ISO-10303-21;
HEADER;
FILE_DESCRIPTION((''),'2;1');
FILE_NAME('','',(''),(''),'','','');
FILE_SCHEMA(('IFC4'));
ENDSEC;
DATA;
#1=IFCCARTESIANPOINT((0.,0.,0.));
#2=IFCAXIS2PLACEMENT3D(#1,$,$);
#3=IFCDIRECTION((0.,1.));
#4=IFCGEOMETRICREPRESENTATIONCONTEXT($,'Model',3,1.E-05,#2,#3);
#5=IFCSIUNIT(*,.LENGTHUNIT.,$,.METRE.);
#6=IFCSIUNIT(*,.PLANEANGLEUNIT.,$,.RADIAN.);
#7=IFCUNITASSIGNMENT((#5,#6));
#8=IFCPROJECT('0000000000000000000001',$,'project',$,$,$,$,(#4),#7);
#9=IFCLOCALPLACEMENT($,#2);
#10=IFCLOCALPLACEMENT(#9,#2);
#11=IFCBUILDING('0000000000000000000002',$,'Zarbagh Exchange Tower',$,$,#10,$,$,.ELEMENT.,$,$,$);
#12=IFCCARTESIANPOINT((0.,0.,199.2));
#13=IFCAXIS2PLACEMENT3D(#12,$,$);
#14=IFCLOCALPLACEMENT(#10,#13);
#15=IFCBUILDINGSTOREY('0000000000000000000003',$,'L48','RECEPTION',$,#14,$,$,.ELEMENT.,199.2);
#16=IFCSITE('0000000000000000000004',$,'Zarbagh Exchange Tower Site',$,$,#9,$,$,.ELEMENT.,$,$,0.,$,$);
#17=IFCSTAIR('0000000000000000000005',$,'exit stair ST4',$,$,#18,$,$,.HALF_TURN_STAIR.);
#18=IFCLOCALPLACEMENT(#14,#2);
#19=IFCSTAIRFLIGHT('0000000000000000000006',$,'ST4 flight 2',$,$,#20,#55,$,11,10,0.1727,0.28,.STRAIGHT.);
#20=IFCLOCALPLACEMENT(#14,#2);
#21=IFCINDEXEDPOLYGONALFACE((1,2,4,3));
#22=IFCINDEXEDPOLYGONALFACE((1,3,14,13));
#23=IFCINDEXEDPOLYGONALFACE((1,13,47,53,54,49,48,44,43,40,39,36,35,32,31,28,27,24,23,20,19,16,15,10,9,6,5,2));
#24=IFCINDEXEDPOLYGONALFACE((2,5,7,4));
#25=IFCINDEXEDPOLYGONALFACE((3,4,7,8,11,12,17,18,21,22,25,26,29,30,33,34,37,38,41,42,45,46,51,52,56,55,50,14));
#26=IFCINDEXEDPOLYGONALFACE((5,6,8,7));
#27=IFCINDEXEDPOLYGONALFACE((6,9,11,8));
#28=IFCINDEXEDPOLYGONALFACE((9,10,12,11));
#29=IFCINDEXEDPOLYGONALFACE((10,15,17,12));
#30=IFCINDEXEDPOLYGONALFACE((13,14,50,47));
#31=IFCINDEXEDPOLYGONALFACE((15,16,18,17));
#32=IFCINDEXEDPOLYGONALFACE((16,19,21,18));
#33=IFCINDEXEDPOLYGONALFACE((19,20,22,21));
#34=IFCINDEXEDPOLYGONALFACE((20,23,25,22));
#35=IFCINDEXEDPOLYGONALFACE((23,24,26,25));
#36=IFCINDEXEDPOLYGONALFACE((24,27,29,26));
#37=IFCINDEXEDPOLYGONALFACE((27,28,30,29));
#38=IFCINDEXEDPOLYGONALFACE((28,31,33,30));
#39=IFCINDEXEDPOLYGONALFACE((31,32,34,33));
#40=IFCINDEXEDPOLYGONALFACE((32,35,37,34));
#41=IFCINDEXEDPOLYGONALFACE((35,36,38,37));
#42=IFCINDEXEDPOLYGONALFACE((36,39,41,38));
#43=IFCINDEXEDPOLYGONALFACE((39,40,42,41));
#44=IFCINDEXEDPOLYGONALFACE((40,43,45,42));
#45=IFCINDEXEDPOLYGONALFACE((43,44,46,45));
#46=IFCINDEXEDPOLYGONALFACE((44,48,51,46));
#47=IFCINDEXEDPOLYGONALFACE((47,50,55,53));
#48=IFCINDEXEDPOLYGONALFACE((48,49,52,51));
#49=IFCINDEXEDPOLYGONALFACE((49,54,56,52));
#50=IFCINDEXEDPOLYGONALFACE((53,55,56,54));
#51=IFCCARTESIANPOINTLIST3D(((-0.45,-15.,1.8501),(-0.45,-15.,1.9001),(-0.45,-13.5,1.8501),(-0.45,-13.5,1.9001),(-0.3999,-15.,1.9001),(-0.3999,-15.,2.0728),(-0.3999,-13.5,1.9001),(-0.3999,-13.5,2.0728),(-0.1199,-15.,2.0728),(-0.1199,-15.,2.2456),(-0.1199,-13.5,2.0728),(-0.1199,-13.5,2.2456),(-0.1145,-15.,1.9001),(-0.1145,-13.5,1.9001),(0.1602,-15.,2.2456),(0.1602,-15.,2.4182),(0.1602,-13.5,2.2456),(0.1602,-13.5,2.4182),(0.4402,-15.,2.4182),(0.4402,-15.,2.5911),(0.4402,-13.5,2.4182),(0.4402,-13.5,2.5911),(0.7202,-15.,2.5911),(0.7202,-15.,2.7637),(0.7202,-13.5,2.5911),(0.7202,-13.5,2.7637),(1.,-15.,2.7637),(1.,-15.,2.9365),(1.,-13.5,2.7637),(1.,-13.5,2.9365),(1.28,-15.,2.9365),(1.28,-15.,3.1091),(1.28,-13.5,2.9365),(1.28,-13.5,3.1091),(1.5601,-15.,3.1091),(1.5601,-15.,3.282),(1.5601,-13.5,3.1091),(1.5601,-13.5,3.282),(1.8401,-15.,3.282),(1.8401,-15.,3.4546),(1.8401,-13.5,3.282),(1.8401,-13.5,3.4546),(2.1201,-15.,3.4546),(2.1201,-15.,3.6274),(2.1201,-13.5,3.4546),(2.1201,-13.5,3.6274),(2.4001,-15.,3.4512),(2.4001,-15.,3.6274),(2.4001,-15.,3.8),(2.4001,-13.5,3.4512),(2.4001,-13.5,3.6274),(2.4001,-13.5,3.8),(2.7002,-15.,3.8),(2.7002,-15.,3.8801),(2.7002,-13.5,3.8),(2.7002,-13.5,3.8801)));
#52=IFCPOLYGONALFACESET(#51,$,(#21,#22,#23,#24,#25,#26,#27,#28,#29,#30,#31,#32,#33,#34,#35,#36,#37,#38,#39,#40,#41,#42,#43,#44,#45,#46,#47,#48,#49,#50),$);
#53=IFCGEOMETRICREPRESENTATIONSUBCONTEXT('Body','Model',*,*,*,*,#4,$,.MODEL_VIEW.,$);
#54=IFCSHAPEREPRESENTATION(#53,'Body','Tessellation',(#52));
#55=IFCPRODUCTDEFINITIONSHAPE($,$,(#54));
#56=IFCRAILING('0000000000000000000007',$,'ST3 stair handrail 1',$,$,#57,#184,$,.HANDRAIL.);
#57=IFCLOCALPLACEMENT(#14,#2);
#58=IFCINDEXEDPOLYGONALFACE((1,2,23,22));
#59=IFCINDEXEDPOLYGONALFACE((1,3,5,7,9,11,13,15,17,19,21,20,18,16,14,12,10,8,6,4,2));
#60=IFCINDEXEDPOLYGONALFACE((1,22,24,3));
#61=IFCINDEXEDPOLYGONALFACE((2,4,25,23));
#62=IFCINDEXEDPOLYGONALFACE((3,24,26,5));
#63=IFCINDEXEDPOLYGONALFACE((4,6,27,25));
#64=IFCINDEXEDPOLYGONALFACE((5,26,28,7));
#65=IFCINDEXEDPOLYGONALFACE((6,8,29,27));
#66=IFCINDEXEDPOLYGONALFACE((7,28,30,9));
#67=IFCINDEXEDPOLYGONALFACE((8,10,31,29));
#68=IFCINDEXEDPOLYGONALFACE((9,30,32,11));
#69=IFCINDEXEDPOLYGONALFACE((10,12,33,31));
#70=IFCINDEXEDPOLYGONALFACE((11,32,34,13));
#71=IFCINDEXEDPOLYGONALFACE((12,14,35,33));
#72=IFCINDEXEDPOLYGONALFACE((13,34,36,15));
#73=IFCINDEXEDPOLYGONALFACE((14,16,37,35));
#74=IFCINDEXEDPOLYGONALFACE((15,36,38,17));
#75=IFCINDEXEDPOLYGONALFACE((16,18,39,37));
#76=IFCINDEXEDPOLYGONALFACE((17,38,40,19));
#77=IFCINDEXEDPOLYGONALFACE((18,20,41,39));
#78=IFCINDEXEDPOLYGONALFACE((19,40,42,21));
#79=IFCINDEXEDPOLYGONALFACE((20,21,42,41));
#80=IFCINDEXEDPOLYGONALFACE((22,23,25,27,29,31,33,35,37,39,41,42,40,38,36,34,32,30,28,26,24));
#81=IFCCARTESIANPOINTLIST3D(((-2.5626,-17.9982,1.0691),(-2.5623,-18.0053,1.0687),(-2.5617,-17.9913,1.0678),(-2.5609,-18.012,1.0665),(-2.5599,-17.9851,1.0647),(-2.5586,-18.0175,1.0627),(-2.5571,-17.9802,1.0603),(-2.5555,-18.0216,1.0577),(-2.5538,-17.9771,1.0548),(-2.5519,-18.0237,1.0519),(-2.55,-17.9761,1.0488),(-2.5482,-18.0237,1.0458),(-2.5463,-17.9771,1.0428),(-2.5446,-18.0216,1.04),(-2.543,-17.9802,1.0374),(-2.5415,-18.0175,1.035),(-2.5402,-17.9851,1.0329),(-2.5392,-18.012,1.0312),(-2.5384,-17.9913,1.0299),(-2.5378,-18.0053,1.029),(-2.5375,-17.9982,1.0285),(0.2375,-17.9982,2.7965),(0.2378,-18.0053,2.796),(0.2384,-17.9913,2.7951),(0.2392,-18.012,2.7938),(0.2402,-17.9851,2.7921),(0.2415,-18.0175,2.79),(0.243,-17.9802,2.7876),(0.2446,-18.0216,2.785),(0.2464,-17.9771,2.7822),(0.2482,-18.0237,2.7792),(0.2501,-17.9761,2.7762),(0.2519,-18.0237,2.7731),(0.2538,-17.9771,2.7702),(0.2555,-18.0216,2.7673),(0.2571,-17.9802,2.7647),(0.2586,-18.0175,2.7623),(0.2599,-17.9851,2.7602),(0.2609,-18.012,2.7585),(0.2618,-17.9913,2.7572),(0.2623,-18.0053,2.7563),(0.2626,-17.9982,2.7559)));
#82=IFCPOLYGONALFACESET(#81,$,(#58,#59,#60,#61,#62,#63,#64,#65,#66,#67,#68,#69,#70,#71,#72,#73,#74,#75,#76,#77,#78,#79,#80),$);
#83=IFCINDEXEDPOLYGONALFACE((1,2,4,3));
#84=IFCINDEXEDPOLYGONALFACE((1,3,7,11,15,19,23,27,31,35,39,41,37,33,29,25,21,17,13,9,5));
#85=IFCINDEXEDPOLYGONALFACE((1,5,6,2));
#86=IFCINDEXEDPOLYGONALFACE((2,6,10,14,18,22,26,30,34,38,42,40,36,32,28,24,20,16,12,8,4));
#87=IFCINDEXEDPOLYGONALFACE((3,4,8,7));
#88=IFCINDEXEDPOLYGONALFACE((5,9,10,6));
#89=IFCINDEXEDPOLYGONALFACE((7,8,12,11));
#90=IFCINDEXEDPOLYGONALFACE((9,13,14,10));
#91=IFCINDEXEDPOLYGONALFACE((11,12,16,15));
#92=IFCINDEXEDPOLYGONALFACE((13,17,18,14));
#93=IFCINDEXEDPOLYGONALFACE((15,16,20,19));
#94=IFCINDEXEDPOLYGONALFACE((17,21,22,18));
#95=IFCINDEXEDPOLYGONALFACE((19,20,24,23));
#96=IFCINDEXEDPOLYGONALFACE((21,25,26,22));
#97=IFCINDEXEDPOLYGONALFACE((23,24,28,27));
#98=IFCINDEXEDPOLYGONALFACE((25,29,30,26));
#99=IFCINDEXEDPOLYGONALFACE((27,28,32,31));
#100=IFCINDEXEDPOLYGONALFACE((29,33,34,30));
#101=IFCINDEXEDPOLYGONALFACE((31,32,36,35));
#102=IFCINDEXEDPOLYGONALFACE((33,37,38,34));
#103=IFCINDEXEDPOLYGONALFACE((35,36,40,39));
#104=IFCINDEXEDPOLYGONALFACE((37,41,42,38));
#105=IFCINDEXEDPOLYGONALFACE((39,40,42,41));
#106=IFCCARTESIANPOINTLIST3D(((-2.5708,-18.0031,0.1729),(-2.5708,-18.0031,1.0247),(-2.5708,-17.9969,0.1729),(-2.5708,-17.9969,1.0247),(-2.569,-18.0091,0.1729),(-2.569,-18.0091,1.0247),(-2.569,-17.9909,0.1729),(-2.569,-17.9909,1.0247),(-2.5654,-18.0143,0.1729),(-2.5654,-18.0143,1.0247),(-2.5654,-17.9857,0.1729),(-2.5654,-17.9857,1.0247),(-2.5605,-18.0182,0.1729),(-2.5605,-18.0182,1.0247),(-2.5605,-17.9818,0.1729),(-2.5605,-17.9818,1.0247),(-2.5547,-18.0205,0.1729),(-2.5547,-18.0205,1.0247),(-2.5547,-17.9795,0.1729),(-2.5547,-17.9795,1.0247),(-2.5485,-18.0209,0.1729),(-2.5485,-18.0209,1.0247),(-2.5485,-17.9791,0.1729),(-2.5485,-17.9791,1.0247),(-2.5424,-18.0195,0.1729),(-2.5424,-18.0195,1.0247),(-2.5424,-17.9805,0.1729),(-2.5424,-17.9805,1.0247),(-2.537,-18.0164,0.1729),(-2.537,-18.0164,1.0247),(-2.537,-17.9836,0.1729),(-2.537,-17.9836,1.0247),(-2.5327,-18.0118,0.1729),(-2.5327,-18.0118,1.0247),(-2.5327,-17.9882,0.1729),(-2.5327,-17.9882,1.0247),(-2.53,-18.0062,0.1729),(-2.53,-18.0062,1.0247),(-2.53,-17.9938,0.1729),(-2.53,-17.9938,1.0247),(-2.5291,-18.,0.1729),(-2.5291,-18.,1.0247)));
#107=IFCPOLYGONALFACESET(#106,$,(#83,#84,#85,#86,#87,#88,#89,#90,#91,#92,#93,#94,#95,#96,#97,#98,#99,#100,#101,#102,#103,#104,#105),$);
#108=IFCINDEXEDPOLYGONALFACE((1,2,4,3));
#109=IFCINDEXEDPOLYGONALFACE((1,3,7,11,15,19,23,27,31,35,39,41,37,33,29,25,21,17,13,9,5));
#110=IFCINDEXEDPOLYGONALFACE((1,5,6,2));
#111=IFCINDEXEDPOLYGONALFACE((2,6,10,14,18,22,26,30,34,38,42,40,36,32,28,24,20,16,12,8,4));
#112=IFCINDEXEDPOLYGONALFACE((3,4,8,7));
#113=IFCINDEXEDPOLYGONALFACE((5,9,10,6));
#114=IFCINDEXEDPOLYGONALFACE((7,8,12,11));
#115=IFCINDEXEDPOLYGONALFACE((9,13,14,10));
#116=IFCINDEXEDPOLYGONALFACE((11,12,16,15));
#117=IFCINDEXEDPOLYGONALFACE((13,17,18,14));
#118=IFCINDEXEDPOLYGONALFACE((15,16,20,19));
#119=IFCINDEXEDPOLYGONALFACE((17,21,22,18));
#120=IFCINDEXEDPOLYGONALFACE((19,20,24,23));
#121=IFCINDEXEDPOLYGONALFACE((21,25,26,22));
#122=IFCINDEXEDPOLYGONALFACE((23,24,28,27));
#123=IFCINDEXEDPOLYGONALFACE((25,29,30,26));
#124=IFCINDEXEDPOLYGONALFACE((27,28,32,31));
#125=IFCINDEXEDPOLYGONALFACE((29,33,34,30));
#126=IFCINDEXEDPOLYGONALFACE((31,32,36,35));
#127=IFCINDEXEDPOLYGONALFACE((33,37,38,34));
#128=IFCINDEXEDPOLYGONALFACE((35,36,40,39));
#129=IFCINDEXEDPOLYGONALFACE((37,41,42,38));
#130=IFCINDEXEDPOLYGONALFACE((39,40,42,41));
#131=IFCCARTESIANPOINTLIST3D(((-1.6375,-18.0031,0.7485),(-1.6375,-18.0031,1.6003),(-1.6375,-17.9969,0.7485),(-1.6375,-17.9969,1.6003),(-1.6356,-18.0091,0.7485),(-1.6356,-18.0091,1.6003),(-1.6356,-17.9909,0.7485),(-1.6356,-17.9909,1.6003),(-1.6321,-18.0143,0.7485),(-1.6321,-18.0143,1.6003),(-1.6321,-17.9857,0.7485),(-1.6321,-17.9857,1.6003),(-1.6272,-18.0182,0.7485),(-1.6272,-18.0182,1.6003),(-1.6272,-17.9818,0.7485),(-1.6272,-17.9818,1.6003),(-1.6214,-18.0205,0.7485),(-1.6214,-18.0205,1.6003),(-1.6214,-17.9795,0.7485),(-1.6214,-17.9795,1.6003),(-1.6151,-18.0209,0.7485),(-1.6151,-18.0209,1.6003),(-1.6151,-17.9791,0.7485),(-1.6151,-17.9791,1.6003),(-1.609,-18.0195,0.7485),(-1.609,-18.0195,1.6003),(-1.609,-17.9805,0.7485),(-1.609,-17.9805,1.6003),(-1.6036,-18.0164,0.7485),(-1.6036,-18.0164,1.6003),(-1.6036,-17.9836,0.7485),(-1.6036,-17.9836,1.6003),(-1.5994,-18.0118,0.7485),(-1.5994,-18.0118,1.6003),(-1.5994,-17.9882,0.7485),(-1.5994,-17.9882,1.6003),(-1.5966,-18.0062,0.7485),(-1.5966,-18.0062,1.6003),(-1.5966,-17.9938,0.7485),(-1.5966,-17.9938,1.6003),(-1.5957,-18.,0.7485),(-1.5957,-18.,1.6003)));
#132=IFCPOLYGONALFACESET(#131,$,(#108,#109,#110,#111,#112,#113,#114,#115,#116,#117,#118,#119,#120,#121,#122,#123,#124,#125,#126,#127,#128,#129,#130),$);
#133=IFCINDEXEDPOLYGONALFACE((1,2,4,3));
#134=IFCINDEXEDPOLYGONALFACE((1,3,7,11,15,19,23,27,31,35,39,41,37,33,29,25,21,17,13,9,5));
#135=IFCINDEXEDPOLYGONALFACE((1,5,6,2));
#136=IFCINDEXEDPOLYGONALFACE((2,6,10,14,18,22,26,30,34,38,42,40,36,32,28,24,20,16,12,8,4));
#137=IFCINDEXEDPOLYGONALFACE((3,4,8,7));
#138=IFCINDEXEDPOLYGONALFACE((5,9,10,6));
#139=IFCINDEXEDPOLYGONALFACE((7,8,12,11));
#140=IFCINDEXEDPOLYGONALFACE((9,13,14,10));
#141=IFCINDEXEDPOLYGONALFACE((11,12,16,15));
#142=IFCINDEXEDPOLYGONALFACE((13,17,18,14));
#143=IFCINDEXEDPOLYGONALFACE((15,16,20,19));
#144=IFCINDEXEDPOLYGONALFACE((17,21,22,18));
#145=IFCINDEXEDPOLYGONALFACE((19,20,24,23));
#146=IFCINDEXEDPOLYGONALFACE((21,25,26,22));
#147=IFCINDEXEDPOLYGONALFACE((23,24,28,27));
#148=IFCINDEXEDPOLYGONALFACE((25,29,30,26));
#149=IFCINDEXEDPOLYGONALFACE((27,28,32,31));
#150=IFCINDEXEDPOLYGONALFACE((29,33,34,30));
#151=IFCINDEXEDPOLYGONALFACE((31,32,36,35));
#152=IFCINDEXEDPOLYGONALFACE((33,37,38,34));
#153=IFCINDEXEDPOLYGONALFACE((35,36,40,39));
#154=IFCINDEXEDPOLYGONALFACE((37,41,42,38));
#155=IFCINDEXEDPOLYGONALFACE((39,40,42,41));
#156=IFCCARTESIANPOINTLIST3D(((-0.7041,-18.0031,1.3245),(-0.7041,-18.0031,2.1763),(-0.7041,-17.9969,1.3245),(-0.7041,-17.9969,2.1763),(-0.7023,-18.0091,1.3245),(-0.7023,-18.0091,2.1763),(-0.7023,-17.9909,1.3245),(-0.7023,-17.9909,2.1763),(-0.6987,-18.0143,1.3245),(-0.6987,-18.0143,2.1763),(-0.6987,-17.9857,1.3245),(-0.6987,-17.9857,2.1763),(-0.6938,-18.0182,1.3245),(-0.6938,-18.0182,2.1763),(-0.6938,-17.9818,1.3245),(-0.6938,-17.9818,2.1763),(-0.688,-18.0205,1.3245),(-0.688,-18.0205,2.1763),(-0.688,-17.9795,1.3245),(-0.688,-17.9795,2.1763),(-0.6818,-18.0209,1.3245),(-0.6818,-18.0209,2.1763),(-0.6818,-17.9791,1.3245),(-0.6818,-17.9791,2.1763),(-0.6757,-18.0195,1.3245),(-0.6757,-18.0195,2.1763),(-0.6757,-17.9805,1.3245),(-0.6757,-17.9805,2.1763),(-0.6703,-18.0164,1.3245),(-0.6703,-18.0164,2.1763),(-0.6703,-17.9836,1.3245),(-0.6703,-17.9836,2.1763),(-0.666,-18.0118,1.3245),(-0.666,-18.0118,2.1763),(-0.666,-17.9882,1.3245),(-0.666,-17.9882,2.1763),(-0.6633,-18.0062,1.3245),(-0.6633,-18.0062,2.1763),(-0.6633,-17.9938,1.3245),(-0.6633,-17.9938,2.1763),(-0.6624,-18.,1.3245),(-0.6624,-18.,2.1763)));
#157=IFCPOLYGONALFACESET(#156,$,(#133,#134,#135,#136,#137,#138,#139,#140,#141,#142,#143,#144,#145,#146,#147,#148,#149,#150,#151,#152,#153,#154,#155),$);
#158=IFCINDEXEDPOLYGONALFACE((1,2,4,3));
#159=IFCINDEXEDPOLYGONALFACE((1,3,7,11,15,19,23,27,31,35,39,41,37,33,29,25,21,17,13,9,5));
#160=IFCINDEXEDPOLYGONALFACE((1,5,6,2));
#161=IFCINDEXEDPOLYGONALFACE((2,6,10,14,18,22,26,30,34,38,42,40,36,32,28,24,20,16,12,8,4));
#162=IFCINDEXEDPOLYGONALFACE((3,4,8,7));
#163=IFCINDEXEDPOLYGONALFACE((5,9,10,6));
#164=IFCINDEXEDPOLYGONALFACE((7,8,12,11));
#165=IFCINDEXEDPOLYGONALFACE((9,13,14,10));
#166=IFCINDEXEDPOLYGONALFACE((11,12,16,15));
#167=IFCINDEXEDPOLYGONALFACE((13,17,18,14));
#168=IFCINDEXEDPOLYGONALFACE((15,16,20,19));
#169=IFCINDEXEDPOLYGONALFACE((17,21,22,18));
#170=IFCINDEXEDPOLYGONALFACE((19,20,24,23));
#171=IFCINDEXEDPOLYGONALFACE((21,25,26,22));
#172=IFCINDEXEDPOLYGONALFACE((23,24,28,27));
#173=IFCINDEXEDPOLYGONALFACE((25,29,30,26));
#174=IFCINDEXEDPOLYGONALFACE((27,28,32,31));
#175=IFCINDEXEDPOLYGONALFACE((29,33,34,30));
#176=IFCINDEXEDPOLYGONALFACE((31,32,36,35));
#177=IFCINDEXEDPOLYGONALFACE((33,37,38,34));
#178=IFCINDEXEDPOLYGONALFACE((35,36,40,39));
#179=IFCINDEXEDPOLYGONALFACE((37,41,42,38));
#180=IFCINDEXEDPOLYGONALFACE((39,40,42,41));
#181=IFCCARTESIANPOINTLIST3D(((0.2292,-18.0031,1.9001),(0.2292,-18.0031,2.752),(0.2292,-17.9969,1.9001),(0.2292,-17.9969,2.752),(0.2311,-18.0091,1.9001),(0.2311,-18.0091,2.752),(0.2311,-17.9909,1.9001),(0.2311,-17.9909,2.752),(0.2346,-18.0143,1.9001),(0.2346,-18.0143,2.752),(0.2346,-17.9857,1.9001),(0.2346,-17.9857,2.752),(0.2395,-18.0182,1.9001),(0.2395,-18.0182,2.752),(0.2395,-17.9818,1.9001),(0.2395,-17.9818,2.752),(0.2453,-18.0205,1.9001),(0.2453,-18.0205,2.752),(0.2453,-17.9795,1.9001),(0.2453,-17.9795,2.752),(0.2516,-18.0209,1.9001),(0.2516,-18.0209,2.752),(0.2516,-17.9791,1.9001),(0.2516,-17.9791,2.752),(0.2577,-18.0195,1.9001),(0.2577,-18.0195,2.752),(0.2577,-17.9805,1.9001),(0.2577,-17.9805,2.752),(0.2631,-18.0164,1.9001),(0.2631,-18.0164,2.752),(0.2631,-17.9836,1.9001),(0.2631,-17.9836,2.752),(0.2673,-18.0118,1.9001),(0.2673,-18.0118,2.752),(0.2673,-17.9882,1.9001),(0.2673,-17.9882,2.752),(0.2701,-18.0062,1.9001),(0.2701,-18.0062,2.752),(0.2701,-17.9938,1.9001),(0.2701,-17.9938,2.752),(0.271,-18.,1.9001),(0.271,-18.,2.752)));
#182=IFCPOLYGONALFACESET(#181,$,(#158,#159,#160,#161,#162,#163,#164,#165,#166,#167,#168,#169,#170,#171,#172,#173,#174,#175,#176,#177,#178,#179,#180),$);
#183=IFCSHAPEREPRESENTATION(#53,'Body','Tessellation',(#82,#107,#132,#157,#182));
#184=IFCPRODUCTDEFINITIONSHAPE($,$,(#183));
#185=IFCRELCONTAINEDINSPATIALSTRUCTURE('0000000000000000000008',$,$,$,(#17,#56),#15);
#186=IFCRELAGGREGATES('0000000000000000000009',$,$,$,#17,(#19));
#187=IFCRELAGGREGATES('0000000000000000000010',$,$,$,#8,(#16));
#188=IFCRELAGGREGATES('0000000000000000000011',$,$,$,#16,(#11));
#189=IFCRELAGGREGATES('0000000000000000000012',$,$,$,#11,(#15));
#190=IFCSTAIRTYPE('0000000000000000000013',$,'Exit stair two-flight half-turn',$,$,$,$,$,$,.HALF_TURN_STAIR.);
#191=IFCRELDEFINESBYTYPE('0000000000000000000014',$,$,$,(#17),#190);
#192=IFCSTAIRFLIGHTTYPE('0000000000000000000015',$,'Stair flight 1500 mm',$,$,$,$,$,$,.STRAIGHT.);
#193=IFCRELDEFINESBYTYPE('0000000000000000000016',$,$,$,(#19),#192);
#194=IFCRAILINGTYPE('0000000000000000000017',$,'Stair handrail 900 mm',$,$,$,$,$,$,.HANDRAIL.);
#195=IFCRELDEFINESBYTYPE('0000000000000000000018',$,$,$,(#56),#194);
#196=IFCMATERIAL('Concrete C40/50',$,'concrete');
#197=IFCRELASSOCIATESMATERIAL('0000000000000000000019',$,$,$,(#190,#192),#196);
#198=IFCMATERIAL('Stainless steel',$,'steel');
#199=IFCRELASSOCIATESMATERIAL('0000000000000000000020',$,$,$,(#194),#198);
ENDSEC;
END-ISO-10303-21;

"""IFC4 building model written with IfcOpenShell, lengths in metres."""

from ifc_helpers import new_model, si_unit, direction, frame, origin, origin_2d, place, context, subcontext, project, spatial, polyline, circle, outline, extrude, material, type_object, element, aggregate, save


model = new_model("IFC4")

# Units and contexts
model_context = context("Model", 3, precision=1e-05, world=origin(), true_north=direction((0.0, 1.0)))
body_context = subcontext(model_context, "Body", "Model", "MODEL_VIEW")
ifc_project = project(units=[si_unit("LENGTHUNIT", "METRE"), si_unit("PLANEANGLEUNIT", "RADIAN")], contexts=[model_context])

# Site, building, storey
site_placement = place(None, origin())
site = spatial("IfcSite", under=ifc_project, at=site_placement, Name="Zarbagh Exchange Tower Site", CompositionType="ELEMENT", RefElevation=0.0)
building_placement = place(site_placement, origin())
building = spatial("IfcBuilding", under=site, at=building_placement, Name="Zarbagh Exchange Tower", CompositionType="ELEMENT")
storey_placement = place(building_placement, frame((0.0, 0.0, 199.2)))
storey = spatial("IfcBuildingStorey", under=building, at=storey_placement, Name="L48", Description="RECEPTION", CompositionType="ELEMENT", Elevation=199.2)

# Shared definitions
ifc_material_1 = material(Name="Concrete C40/50", Category="concrete")

# Shared definitions
ifc_material_2 = material(Name="Stainless steel", Category="steel")

# Stair, stair flight
stair_type = type_object("IfcStairType", Name="Exit stair two-flight half-turn", PredefinedType="HALF_TURN_STAIR", material=ifc_material_1)
stair_1_placement = place(storey_placement, origin())
stair_1 = element("IfcStair", 1, at=stair_1_placement, inside=storey, type_object=stair_type, Name="exit stair ST4", PredefinedType="HALF_TURN_STAIR")
stair_flight_type_1 = type_object("IfcStairFlightType", Name="Stair flight 1500 mm", PredefinedType="STRAIGHT", material=ifc_material_1)
stair_flight_1_placement = place(storey_placement, frame((-0.3999, -14.25, 1.9001), z_axis=(0.0, 0.0, 1.0), x_axis=(1.0, 0.0, 0.0)))
stair_flight_1 = element("IfcStairFlight", 2, at=stair_flight_1_placement, type_object=stair_flight_type_1, Name="ST4 flight 2", NumberOfRisers=11, NumberOfTreads=10, PredefinedType="STRAIGHT", RiserHeight=0.1727, TreadLength=0.28, context=body_context, shape_type="SweptSolid", body=[
    extrude(outline(polyline([(-0.05, -0.05), (-0.05, 0.0), (0.0, 0.0), (0.0, 0.1726), (0.28, 0.1726), (0.28, 0.3455), (0.5601, 0.3455), (0.5601, 0.5181), (0.8401, 0.5181), (0.8401, 0.6909), (1.1201, 0.6909), (1.1201, 0.8635), (1.3999, 0.8635), (1.3999, 1.0364), (1.6799, 1.0364), (1.6799, 1.209), (1.96, 1.209), (1.96, 1.3818), (2.24, 1.3818), (2.24, 1.5544), (2.52, 1.5544), (2.52, 1.7273), (2.8, 1.7273), (2.8, 1.8999), (3.1001, 1.98), (3.1001, 1.8999), (2.8, 1.551), (0.2854, 0.0), (-0.05, -0.05)])), frame((0.0, 0.75, 0.0), z_axis=(0.0, -1.0, 0.0), x_axis=(1.0, 0.0, 0.0)), (0.0, 0.0, 1.0), 1.5),
])
aggregate(stair_1, [stair_flight_1])

# Railing
railing_type_1 = type_object("IfcRailingType", Name="Stair handrail 900 mm", PredefinedType="HANDRAIL", material=ifc_material_2)
railing_1_placement = place(storey_placement, frame((-2.55, -18.0, 0.1729)))
element("IfcRailing", 3, at=railing_1_placement, inside=storey, type_object=railing_type_1, Name="ST3 stair handrail 1", PredefinedType="HANDRAIL", context=body_context, shape_type="SweptSolid", body=[
    extrude(circle(Radius=0.0239, at=origin_2d()), frame((0.0, 0.0, 0.876), z_axis=(0.85109, 0.0, 0.52502), x_axis=(0.0, 1.0, 0.0)), (0.0, 0.0, 1.0), 3.29),
    extrude(circle(Radius=0.021, at=origin_2d()), origin(), (0.0, 0.0, 1.0), 0.8518),
    extrude(circle(Radius=0.021, at=origin_2d()), frame((0.9333, 0.0, 0.5757)), (0.0, 0.0, 1.0), 0.8518),
    extrude(circle(Radius=0.021, at=origin_2d()), frame((1.8667, 0.0, 1.1516)), (0.0, 0.0, 1.0), 0.8518),
    extrude(circle(Radius=0.021, at=origin_2d()), frame((2.8, 0.0, 1.7273)), (0.0, 0.0, 1.0), 0.8518),
])

save(model, "model.ifc")
